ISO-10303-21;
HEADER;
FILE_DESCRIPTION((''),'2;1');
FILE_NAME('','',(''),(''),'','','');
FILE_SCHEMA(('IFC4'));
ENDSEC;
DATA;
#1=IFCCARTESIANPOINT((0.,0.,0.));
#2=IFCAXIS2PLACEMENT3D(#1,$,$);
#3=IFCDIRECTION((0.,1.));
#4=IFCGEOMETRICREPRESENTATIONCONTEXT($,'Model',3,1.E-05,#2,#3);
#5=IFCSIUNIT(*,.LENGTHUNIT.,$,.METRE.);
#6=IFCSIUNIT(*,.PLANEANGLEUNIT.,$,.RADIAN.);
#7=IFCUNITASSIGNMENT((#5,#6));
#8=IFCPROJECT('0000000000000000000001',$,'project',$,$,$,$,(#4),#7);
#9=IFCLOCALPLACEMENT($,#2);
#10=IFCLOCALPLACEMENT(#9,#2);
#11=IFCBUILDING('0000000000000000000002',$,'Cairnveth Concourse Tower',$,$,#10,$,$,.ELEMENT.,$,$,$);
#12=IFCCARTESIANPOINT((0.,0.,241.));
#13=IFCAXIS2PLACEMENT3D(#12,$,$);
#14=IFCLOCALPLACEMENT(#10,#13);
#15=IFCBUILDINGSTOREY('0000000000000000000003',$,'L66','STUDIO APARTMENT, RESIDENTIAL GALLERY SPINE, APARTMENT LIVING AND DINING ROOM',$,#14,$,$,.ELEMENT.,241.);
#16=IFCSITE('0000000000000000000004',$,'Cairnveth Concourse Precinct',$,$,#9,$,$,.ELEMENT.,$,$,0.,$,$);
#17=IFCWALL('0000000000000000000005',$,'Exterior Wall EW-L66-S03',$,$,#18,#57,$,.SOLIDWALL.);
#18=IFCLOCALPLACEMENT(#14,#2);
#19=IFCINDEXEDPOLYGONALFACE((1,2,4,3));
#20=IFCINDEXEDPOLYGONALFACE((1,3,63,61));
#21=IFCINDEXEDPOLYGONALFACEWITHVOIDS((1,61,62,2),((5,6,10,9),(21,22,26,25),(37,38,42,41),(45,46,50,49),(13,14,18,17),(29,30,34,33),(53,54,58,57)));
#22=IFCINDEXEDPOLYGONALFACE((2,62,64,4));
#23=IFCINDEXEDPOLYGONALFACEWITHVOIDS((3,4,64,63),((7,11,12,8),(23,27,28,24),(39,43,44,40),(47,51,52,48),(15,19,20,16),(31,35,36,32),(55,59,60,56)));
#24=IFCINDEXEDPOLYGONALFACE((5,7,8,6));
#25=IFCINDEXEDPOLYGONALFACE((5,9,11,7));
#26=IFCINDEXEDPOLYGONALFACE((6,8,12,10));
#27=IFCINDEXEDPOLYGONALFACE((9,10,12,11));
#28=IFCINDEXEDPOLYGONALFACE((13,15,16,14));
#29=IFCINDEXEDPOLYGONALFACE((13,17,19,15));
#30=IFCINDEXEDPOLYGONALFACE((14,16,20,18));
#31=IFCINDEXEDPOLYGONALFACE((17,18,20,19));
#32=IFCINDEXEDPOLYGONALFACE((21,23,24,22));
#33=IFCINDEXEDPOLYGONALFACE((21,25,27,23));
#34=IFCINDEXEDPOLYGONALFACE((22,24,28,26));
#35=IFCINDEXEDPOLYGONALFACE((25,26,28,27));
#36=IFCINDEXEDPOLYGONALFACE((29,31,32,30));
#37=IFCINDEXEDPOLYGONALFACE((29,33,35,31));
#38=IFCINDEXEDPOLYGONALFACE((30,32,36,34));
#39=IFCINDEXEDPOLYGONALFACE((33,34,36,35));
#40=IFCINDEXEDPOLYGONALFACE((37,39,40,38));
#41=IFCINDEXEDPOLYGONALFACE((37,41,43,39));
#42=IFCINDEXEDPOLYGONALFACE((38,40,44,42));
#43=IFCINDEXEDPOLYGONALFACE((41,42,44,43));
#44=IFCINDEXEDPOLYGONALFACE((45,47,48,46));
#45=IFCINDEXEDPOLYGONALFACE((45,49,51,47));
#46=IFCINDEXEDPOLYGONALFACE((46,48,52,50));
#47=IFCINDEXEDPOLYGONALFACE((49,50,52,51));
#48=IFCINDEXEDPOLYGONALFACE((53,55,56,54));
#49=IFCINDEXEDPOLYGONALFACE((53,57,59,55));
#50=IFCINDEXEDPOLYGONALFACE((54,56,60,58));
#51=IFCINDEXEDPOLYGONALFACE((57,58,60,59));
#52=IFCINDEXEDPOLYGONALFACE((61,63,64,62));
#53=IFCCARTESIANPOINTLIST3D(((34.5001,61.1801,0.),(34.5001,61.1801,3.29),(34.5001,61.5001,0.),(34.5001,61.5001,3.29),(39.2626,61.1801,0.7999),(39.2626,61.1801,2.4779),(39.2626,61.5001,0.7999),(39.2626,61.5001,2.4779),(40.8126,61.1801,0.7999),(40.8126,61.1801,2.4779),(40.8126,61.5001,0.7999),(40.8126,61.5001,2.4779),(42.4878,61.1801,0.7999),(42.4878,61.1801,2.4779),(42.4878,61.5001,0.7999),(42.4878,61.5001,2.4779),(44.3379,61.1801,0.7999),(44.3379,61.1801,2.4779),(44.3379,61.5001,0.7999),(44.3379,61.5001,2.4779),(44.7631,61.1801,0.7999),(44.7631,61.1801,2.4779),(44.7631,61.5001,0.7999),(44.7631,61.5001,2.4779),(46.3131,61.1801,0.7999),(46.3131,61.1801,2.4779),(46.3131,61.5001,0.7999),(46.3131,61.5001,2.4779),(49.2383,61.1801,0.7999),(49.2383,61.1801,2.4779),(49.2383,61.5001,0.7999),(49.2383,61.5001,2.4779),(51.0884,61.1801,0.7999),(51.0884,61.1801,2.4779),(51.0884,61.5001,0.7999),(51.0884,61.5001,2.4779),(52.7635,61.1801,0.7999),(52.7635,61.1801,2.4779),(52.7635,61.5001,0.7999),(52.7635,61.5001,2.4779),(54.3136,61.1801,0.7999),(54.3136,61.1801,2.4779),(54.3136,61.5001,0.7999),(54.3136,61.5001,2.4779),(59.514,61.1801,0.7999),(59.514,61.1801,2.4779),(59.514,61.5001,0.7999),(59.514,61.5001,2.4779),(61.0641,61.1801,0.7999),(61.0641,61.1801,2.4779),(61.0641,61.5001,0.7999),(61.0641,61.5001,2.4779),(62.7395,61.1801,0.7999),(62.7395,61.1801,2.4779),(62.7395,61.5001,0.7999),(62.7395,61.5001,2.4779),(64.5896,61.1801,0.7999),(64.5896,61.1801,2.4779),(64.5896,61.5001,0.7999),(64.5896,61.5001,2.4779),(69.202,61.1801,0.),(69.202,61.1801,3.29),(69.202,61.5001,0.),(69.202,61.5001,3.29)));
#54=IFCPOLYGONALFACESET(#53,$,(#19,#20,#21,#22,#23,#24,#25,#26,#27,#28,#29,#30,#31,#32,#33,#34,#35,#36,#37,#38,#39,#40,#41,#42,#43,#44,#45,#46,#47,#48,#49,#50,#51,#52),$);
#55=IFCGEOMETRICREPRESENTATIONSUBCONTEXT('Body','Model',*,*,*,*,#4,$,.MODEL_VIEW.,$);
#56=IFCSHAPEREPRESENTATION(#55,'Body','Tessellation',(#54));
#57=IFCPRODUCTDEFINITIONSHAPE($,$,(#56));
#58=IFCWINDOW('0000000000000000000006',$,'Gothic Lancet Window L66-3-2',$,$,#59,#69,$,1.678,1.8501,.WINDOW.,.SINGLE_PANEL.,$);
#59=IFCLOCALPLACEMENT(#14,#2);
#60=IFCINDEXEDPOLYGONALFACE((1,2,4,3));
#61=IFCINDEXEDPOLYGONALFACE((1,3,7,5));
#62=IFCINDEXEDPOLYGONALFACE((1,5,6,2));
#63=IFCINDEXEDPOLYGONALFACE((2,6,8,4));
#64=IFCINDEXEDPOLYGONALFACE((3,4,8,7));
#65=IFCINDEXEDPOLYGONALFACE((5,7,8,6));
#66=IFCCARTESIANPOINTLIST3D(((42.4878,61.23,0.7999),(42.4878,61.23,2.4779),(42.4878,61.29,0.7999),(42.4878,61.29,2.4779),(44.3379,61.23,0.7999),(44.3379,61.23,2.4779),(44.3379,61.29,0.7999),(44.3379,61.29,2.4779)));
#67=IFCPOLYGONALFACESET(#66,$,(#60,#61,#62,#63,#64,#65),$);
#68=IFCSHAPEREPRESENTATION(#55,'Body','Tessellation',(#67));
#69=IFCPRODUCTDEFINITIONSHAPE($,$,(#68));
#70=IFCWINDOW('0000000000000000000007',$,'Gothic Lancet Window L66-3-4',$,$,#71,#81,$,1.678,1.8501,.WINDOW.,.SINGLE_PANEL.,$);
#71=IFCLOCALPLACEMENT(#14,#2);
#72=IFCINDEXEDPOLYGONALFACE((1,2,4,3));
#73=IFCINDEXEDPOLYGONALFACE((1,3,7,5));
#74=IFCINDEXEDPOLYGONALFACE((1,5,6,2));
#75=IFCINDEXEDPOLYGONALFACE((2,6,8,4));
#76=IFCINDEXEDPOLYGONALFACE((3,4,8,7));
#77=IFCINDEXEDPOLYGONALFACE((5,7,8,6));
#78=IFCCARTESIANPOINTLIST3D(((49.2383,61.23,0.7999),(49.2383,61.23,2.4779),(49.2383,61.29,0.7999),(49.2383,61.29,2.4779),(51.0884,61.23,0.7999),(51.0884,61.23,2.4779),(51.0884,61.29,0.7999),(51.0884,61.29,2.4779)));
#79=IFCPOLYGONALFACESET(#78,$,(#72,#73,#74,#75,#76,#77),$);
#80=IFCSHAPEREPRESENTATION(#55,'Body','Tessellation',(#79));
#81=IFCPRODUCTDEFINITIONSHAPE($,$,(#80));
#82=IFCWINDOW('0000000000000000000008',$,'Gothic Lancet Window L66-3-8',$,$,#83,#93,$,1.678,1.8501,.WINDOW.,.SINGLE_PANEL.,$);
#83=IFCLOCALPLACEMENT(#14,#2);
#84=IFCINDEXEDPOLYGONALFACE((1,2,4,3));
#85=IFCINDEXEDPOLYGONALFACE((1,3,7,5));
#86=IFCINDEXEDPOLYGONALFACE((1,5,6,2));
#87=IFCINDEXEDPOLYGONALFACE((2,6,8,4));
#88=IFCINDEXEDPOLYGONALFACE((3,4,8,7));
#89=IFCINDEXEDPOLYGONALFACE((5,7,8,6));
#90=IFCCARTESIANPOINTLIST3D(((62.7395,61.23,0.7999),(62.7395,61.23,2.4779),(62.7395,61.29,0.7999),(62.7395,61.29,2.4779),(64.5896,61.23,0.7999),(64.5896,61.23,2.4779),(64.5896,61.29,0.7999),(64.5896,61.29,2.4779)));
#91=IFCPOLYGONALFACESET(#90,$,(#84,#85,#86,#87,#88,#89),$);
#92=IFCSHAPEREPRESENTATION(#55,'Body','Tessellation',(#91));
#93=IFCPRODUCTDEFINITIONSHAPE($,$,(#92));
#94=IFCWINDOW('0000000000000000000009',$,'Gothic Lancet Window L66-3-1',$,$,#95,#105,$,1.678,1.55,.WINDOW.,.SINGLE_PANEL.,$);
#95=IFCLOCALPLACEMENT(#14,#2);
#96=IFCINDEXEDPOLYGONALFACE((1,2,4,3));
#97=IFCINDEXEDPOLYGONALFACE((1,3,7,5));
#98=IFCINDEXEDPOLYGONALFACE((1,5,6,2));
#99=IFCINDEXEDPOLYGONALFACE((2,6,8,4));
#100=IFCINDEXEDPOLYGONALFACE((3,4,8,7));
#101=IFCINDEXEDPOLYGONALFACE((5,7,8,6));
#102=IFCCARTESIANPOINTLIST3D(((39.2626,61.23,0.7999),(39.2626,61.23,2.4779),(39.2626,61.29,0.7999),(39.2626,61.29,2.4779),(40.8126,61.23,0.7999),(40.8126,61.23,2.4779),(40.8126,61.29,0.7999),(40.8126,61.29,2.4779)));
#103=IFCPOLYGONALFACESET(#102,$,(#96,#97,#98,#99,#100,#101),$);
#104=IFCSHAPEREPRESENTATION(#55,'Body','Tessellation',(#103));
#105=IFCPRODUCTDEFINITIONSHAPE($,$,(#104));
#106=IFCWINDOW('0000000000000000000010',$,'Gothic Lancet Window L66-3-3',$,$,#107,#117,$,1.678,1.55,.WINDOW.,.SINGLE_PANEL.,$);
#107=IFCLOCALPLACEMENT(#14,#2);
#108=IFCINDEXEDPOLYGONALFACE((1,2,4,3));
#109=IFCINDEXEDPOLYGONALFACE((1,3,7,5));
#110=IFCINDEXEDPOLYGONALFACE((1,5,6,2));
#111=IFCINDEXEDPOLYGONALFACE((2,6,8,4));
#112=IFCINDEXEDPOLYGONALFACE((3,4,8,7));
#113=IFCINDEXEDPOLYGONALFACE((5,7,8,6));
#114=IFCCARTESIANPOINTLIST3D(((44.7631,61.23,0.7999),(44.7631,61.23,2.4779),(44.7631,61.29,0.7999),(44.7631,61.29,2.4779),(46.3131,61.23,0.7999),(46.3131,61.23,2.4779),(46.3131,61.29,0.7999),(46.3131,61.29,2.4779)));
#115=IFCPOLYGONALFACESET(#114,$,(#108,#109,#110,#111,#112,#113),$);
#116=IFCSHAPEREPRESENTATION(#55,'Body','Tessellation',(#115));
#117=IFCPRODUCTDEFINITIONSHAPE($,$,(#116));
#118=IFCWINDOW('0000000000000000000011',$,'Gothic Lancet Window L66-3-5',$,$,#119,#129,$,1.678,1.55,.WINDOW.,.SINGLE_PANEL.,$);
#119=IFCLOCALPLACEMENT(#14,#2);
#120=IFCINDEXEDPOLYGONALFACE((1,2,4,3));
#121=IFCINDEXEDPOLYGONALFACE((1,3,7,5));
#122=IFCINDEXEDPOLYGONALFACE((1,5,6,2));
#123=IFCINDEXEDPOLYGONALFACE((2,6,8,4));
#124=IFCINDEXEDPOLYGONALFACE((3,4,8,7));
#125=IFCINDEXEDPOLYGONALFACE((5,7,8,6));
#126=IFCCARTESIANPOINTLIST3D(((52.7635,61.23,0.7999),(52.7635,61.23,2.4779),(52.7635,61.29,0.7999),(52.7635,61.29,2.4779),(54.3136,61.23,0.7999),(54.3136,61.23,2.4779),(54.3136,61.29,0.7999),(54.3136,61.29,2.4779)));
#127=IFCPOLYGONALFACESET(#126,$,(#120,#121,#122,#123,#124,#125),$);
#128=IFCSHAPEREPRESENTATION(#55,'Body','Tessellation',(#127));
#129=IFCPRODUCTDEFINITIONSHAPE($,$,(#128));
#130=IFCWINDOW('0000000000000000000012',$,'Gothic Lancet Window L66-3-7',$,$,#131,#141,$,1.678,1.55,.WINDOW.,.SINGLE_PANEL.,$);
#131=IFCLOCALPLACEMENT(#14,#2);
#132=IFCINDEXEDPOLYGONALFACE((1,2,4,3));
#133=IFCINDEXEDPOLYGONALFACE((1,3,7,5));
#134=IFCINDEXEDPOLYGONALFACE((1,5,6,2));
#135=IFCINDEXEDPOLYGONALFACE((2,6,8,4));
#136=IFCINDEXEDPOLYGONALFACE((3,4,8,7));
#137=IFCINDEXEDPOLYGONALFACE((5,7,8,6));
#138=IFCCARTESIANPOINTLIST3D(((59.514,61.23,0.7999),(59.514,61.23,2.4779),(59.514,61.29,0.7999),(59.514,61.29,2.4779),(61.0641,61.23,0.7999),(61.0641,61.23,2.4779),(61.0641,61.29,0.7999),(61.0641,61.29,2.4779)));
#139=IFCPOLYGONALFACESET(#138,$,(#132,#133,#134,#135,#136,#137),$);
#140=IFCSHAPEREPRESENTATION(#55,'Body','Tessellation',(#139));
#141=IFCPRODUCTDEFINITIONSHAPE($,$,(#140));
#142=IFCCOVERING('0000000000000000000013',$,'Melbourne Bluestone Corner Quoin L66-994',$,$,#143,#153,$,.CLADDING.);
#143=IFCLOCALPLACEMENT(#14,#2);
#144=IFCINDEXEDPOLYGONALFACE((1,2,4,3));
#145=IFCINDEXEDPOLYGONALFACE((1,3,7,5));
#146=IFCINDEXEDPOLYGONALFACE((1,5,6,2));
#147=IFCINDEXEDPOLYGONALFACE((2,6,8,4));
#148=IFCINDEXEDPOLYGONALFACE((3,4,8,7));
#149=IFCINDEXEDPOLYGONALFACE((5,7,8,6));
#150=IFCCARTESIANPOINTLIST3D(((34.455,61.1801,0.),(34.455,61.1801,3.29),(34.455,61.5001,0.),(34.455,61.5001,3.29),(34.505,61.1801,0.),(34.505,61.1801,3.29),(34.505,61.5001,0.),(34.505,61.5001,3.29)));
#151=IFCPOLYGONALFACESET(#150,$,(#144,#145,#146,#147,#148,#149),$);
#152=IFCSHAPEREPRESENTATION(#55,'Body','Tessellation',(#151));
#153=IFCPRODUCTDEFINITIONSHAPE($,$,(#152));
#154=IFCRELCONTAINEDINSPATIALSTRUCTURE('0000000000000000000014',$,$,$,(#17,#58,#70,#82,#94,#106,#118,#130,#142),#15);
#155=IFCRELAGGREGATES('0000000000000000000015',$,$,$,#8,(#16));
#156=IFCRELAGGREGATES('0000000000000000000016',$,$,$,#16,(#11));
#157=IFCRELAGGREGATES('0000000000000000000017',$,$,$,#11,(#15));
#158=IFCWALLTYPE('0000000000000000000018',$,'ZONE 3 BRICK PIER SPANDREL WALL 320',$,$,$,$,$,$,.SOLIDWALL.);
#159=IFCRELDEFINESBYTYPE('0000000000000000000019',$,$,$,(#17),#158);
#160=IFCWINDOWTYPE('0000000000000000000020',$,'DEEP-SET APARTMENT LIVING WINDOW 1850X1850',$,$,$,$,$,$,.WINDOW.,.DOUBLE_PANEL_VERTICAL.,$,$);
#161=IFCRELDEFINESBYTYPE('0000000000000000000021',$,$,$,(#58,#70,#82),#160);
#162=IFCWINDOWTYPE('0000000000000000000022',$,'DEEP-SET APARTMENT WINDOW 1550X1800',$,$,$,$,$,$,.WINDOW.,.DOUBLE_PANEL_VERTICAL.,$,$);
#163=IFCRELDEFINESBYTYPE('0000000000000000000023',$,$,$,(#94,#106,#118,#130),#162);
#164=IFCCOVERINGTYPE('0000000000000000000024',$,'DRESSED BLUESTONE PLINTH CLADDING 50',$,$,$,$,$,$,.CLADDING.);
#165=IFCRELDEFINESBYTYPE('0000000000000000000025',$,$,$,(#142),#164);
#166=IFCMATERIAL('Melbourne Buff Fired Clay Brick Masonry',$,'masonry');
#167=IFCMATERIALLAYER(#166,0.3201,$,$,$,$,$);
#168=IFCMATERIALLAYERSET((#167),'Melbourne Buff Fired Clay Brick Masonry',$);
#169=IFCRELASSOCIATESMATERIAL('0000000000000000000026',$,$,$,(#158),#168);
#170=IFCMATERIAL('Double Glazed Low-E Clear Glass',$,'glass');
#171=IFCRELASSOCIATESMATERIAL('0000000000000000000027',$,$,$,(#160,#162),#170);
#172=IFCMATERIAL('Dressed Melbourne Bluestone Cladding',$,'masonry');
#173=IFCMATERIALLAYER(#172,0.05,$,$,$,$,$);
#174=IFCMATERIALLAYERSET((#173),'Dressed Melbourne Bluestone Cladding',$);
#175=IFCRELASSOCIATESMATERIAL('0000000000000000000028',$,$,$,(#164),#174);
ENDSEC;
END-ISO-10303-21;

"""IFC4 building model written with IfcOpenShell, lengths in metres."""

from ifc_helpers import new_model, si_unit, direction, frame, frame_2d, origin, place, context, subcontext, project, spatial, rectangle, extrude, material, layer, layer_set, type_object, element, fill, save


model = new_model("IFC4")

# Units and contexts
model_context = context("Model", 3, precision=1e-05, world=origin(), true_north=direction((0.0, 1.0)))
body_context = subcontext(model_context, "Body", "Model", "MODEL_VIEW")
ifc_project = project(units=[si_unit("LENGTHUNIT", "METRE"), si_unit("PLANEANGLEUNIT", "RADIAN")], contexts=[model_context])

# Site, building, storey
site_placement = place(None, origin())
site = spatial("IfcSite", under=ifc_project, at=site_placement, Name="Cairnveth Concourse Precinct", CompositionType="ELEMENT", RefElevation=0.0)
building_placement = place(site_placement, origin())
building = spatial("IfcBuilding", under=site, at=building_placement, Name="Cairnveth Concourse Tower", CompositionType="ELEMENT")
storey_placement = place(building_placement, frame((0.0, 0.0, 241.0)))
storey = spatial("IfcBuildingStorey", under=building, at=storey_placement, Name="L66", Description="STUDIO APARTMENT, RESIDENTIAL GALLERY SPINE, APARTMENT LIVING AND DINING ROOM", CompositionType="ELEMENT", Elevation=241.0)

# Wall, openings, windows
ifc_material_1 = material(Name="Melbourne Buff Fired Clay Brick Masonry", Category="masonry")
ifc_layer_1 = layer(ifc_material_1, 0.3201)
ifc_layer_set_1 = layer_set([ifc_layer_1], Name="Melbourne Buff Fired Clay Brick Masonry")
wall_type = type_object("IfcWallType", Name="ZONE 3 BRICK PIER SPANDREL WALL 320", PredefinedType="SOLIDWALL", material=ifc_layer_set_1)
wall_placement = place(storey_placement, frame((34.5, 61.3401, 0.0), z_axis=(0.0, 0.0, 1.0), x_axis=(1.0, 0.0, 0.0)))
wall = element("IfcWall", 1, at=wall_placement, inside=storey, type_object=wall_type, Name="Exterior Wall EW-L66-S03", PredefinedType="SOLIDWALL", context=body_context, shape_type="SweptSolid", body=[
    extrude(rectangle(XDim=34.7019, YDim=0.3201, at=frame_2d((17.3511, 0.0))), origin(), (0.0, 0.0, 1.0), 3.29),
])
opening_1_placement = place(wall_placement, frame((4.7627, 0.0, 0.8)))
opening_1 = element("IfcOpeningElement", 2, at=opening_1_placement, cuts=wall, PredefinedType="OPENING", context=body_context, shape_type="SweptSolid", body=[
    extrude(rectangle(XDim=1.55, YDim=1.678, at=frame_2d((0.7749, 0.8389))), frame((0.0, 0.1699, 0.0), z_axis=(0.0, -1.0, 0.0), x_axis=(1.0, 0.0, 0.0)), (0.0, 0.0, 1.0), 0.3401),
])
opening_2_placement = place(wall_placement, frame((7.9878, 0.0, 0.8)))
opening_2 = element("IfcOpeningElement", 3, at=opening_2_placement, cuts=wall, PredefinedType="OPENING", context=body_context, shape_type="SweptSolid", body=[
    extrude(rectangle(XDim=1.8501, YDim=1.678, at=frame_2d((0.925, 0.8389))), frame((0.0, 0.1699, 0.0), z_axis=(0.0, -1.0, 0.0), x_axis=(1.0, 0.0, 0.0)), (0.0, 0.0, 1.0), 0.3401),
])
opening_3_placement = place(wall_placement, frame((10.2632, 0.0, 0.8)))
opening_3 = element("IfcOpeningElement", 4, at=opening_3_placement, cuts=wall, PredefinedType="OPENING", context=body_context, shape_type="SweptSolid", body=[
    extrude(rectangle(XDim=1.55, YDim=1.678, at=frame_2d((0.7749, 0.8389))), frame((0.0, 0.1699, 0.0), z_axis=(0.0, -1.0, 0.0), x_axis=(1.0, 0.0, 0.0)), (0.0, 0.0, 1.0), 0.3401),
])
opening_4_placement = place(wall_placement, frame((14.7383, 0.0, 0.8)))
opening_4 = element("IfcOpeningElement", 5, at=opening_4_placement, cuts=wall, PredefinedType="OPENING", context=body_context, shape_type="SweptSolid", body=[
    extrude(rectangle(XDim=1.8501, YDim=1.678, at=frame_2d((0.925, 0.8389))), frame((0.0, 0.1699, 0.0), z_axis=(0.0, -1.0, 0.0), x_axis=(1.0, 0.0, 0.0)), (0.0, 0.0, 1.0), 0.3401),
])
opening_5_placement = place(wall_placement, frame((18.2637, 0.0, 0.8)))
opening_5 = element("IfcOpeningElement", 6, at=opening_5_placement, cuts=wall, PredefinedType="OPENING", context=body_context, shape_type="SweptSolid", body=[
    extrude(rectangle(XDim=1.55, YDim=1.678, at=frame_2d((0.7749, 0.8389))), frame((0.0, 0.1699, 0.0), z_axis=(0.0, -1.0, 0.0), x_axis=(1.0, 0.0, 0.0)), (0.0, 0.0, 1.0), 0.3401),
])
opening_6_placement = place(wall_placement, frame((25.0142, 0.0, 0.8)))
opening_6 = element("IfcOpeningElement", 7, at=opening_6_placement, cuts=wall, PredefinedType="OPENING", context=body_context, shape_type="SweptSolid", body=[
    extrude(rectangle(XDim=1.55, YDim=1.678, at=frame_2d((0.7749, 0.8389))), frame((0.0, 0.1699, 0.0), z_axis=(0.0, -1.0, 0.0), x_axis=(1.0, 0.0, 0.0)), (0.0, 0.0, 1.0), 0.3401),
])
opening_7_placement = place(wall_placement, frame((28.2395, 0.0, 0.8)))
opening_7 = element("IfcOpeningElement", 8, at=opening_7_placement, cuts=wall, PredefinedType="OPENING", context=body_context, shape_type="SweptSolid", body=[
    extrude(rectangle(XDim=1.8501, YDim=1.678, at=frame_2d((0.925, 0.8389))), frame((0.0, 0.1699, 0.0), z_axis=(0.0, -1.0, 0.0), x_axis=(1.0, 0.0, 0.0)), (0.0, 0.0, 1.0), 0.3401),
])
ifc_material_2 = material(Name="Double Glazed Low-E Clear Glass", Category="glass")
window_type_1 = type_object("IfcWindowType", Name="DEEP-SET APARTMENT LIVING WINDOW 1850X1850", PartitioningType="DOUBLE_PANEL_VERTICAL", PredefinedType="WINDOW", material=ifc_material_2)
window_1_placement = place(opening_2_placement, origin())
window_1 = element("IfcWindow", 9, at=window_1_placement, inside=storey, type_object=window_type_1, Name="Gothic Lancet Window L66-3-2", OverallHeight=1.678, OverallWidth=1.8501, PartitioningType="SINGLE_PANEL", PredefinedType="WINDOW", context=body_context, shape_type="SweptSolid", body=[
    extrude(rectangle(XDim=1.8501, YDim=1.678, at=frame_2d((0.925, 0.8389))), frame((0.0, -0.05, 0.0), z_axis=(0.0, -1.0, 0.0), x_axis=(1.0, 0.0, 0.0)), (0.0, 0.0, 1.0), 0.0601),
])
fill(opening_2, window_1)
window_2_placement = place(opening_4_placement, origin())
window_2 = element("IfcWindow", 10, at=window_2_placement, inside=storey, type_object=window_type_1, Name="Gothic Lancet Window L66-3-4", OverallHeight=1.678, OverallWidth=1.8501, PartitioningType="SINGLE_PANEL", PredefinedType="WINDOW", context=body_context, shape_type="SweptSolid", body=[
    extrude(rectangle(XDim=1.8501, YDim=1.678, at=frame_2d((0.925, 0.8389))), frame((0.0, -0.05, 0.0), z_axis=(0.0, -1.0, 0.0), x_axis=(1.0, 0.0, 0.0)), (0.0, 0.0, 1.0), 0.0601),
])
fill(opening_4, window_2)
window_3_placement = place(opening_7_placement, origin())
window_3 = element("IfcWindow", 11, at=window_3_placement, inside=storey, type_object=window_type_1, Name="Gothic Lancet Window L66-3-8", OverallHeight=1.678, OverallWidth=1.8501, PartitioningType="SINGLE_PANEL", PredefinedType="WINDOW", context=body_context, shape_type="SweptSolid", body=[
    extrude(rectangle(XDim=1.8501, YDim=1.678, at=frame_2d((0.925, 0.8389))), frame((0.0, -0.05, 0.0), z_axis=(0.0, -1.0, 0.0), x_axis=(1.0, 0.0, 0.0)), (0.0, 0.0, 1.0), 0.0601),
])
fill(opening_7, window_3)
window_type_2 = type_object("IfcWindowType", Name="DEEP-SET APARTMENT WINDOW 1550X1800", PartitioningType="DOUBLE_PANEL_VERTICAL", PredefinedType="WINDOW", material=ifc_material_2)
window_4_placement = place(opening_1_placement, origin())
window_4 = element("IfcWindow", 12, at=window_4_placement, inside=storey, type_object=window_type_2, Name="Gothic Lancet Window L66-3-1", OverallHeight=1.678, OverallWidth=1.55, PartitioningType="SINGLE_PANEL", PredefinedType="WINDOW", context=body_context, shape_type="SweptSolid", body=[
    extrude(rectangle(XDim=1.55, YDim=1.678, at=frame_2d((0.7749, 0.8389))), frame((0.0, -0.05, 0.0), z_axis=(0.0, -1.0, 0.0), x_axis=(1.0, 0.0, 0.0)), (0.0, 0.0, 1.0), 0.0601),
])
fill(opening_1, window_4)
window_5_placement = place(opening_3_placement, origin())
window_5 = element("IfcWindow", 13, at=window_5_placement, inside=storey, type_object=window_type_2, Name="Gothic Lancet Window L66-3-3", OverallHeight=1.678, OverallWidth=1.55, PartitioningType="SINGLE_PANEL", PredefinedType="WINDOW", context=body_context, shape_type="SweptSolid", body=[
    extrude(rectangle(XDim=1.55, YDim=1.678, at=frame_2d((0.7749, 0.8389))), frame((0.0, -0.05, 0.0), z_axis=(0.0, -1.0, 0.0), x_axis=(1.0, 0.0, 0.0)), (0.0, 0.0, 1.0), 0.0601),
])
fill(opening_3, window_5)
window_6_placement = place(opening_5_placement, origin())
window_6 = element("IfcWindow", 14, at=window_6_placement, inside=storey, type_object=window_type_2, Name="Gothic Lancet Window L66-3-5", OverallHeight=1.678, OverallWidth=1.55, PartitioningType="SINGLE_PANEL", PredefinedType="WINDOW", context=body_context, shape_type="SweptSolid", body=[
    extrude(rectangle(XDim=1.55, YDim=1.678, at=frame_2d((0.7749, 0.8389))), frame((0.0, -0.05, 0.0), z_axis=(0.0, -1.0, 0.0), x_axis=(1.0, 0.0, 0.0)), (0.0, 0.0, 1.0), 0.0601),
])
fill(opening_5, window_6)
window_7_placement = place(opening_6_placement, origin())
window_7 = element("IfcWindow", 15, at=window_7_placement, inside=storey, type_object=window_type_2, Name="Gothic Lancet Window L66-3-7", OverallHeight=1.678, OverallWidth=1.55, PartitioningType="SINGLE_PANEL", PredefinedType="WINDOW", context=body_context, shape_type="SweptSolid", body=[
    extrude(rectangle(XDim=1.55, YDim=1.678, at=frame_2d((0.7749, 0.8389))), frame((0.0, -0.05, 0.0), z_axis=(0.0, -1.0, 0.0), x_axis=(1.0, 0.0, 0.0)), (0.0, 0.0, 1.0), 0.0601),
])
fill(opening_6, window_7)

# Covering
ifc_material_3 = material(Name="Dressed Melbourne Bluestone Cladding", Category="masonry")
ifc_layer_2 = layer(ifc_material_3, 0.05)
ifc_layer_set_2 = layer_set([ifc_layer_2], Name="Dressed Melbourne Bluestone Cladding")
covering_type = type_object("IfcCoveringType", Name="DRESSED BLUESTONE PLINTH CLADDING 50", PredefinedType="CLADDING", material=ifc_layer_set_2)
covering_placement = place(storey_placement, frame((34.48, 61.1799, 0.0), z_axis=(0.0, 0.0, 1.0), x_axis=(0.0, 1.0, 0.0)))
element("IfcCovering", 16, at=covering_placement, inside=storey, type_object=covering_type, Name="Melbourne Bluestone Corner Quoin L66-994", PredefinedType="CLADDING", context=body_context, shape_type="SweptSolid", body=[
    extrude(rectangle(XDim=0.3201, YDim=0.05, at=frame_2d((0.1602, 0.0))), origin(), (0.0, 0.0, 1.0), 3.29),
])

save(model, "model.ifc")
